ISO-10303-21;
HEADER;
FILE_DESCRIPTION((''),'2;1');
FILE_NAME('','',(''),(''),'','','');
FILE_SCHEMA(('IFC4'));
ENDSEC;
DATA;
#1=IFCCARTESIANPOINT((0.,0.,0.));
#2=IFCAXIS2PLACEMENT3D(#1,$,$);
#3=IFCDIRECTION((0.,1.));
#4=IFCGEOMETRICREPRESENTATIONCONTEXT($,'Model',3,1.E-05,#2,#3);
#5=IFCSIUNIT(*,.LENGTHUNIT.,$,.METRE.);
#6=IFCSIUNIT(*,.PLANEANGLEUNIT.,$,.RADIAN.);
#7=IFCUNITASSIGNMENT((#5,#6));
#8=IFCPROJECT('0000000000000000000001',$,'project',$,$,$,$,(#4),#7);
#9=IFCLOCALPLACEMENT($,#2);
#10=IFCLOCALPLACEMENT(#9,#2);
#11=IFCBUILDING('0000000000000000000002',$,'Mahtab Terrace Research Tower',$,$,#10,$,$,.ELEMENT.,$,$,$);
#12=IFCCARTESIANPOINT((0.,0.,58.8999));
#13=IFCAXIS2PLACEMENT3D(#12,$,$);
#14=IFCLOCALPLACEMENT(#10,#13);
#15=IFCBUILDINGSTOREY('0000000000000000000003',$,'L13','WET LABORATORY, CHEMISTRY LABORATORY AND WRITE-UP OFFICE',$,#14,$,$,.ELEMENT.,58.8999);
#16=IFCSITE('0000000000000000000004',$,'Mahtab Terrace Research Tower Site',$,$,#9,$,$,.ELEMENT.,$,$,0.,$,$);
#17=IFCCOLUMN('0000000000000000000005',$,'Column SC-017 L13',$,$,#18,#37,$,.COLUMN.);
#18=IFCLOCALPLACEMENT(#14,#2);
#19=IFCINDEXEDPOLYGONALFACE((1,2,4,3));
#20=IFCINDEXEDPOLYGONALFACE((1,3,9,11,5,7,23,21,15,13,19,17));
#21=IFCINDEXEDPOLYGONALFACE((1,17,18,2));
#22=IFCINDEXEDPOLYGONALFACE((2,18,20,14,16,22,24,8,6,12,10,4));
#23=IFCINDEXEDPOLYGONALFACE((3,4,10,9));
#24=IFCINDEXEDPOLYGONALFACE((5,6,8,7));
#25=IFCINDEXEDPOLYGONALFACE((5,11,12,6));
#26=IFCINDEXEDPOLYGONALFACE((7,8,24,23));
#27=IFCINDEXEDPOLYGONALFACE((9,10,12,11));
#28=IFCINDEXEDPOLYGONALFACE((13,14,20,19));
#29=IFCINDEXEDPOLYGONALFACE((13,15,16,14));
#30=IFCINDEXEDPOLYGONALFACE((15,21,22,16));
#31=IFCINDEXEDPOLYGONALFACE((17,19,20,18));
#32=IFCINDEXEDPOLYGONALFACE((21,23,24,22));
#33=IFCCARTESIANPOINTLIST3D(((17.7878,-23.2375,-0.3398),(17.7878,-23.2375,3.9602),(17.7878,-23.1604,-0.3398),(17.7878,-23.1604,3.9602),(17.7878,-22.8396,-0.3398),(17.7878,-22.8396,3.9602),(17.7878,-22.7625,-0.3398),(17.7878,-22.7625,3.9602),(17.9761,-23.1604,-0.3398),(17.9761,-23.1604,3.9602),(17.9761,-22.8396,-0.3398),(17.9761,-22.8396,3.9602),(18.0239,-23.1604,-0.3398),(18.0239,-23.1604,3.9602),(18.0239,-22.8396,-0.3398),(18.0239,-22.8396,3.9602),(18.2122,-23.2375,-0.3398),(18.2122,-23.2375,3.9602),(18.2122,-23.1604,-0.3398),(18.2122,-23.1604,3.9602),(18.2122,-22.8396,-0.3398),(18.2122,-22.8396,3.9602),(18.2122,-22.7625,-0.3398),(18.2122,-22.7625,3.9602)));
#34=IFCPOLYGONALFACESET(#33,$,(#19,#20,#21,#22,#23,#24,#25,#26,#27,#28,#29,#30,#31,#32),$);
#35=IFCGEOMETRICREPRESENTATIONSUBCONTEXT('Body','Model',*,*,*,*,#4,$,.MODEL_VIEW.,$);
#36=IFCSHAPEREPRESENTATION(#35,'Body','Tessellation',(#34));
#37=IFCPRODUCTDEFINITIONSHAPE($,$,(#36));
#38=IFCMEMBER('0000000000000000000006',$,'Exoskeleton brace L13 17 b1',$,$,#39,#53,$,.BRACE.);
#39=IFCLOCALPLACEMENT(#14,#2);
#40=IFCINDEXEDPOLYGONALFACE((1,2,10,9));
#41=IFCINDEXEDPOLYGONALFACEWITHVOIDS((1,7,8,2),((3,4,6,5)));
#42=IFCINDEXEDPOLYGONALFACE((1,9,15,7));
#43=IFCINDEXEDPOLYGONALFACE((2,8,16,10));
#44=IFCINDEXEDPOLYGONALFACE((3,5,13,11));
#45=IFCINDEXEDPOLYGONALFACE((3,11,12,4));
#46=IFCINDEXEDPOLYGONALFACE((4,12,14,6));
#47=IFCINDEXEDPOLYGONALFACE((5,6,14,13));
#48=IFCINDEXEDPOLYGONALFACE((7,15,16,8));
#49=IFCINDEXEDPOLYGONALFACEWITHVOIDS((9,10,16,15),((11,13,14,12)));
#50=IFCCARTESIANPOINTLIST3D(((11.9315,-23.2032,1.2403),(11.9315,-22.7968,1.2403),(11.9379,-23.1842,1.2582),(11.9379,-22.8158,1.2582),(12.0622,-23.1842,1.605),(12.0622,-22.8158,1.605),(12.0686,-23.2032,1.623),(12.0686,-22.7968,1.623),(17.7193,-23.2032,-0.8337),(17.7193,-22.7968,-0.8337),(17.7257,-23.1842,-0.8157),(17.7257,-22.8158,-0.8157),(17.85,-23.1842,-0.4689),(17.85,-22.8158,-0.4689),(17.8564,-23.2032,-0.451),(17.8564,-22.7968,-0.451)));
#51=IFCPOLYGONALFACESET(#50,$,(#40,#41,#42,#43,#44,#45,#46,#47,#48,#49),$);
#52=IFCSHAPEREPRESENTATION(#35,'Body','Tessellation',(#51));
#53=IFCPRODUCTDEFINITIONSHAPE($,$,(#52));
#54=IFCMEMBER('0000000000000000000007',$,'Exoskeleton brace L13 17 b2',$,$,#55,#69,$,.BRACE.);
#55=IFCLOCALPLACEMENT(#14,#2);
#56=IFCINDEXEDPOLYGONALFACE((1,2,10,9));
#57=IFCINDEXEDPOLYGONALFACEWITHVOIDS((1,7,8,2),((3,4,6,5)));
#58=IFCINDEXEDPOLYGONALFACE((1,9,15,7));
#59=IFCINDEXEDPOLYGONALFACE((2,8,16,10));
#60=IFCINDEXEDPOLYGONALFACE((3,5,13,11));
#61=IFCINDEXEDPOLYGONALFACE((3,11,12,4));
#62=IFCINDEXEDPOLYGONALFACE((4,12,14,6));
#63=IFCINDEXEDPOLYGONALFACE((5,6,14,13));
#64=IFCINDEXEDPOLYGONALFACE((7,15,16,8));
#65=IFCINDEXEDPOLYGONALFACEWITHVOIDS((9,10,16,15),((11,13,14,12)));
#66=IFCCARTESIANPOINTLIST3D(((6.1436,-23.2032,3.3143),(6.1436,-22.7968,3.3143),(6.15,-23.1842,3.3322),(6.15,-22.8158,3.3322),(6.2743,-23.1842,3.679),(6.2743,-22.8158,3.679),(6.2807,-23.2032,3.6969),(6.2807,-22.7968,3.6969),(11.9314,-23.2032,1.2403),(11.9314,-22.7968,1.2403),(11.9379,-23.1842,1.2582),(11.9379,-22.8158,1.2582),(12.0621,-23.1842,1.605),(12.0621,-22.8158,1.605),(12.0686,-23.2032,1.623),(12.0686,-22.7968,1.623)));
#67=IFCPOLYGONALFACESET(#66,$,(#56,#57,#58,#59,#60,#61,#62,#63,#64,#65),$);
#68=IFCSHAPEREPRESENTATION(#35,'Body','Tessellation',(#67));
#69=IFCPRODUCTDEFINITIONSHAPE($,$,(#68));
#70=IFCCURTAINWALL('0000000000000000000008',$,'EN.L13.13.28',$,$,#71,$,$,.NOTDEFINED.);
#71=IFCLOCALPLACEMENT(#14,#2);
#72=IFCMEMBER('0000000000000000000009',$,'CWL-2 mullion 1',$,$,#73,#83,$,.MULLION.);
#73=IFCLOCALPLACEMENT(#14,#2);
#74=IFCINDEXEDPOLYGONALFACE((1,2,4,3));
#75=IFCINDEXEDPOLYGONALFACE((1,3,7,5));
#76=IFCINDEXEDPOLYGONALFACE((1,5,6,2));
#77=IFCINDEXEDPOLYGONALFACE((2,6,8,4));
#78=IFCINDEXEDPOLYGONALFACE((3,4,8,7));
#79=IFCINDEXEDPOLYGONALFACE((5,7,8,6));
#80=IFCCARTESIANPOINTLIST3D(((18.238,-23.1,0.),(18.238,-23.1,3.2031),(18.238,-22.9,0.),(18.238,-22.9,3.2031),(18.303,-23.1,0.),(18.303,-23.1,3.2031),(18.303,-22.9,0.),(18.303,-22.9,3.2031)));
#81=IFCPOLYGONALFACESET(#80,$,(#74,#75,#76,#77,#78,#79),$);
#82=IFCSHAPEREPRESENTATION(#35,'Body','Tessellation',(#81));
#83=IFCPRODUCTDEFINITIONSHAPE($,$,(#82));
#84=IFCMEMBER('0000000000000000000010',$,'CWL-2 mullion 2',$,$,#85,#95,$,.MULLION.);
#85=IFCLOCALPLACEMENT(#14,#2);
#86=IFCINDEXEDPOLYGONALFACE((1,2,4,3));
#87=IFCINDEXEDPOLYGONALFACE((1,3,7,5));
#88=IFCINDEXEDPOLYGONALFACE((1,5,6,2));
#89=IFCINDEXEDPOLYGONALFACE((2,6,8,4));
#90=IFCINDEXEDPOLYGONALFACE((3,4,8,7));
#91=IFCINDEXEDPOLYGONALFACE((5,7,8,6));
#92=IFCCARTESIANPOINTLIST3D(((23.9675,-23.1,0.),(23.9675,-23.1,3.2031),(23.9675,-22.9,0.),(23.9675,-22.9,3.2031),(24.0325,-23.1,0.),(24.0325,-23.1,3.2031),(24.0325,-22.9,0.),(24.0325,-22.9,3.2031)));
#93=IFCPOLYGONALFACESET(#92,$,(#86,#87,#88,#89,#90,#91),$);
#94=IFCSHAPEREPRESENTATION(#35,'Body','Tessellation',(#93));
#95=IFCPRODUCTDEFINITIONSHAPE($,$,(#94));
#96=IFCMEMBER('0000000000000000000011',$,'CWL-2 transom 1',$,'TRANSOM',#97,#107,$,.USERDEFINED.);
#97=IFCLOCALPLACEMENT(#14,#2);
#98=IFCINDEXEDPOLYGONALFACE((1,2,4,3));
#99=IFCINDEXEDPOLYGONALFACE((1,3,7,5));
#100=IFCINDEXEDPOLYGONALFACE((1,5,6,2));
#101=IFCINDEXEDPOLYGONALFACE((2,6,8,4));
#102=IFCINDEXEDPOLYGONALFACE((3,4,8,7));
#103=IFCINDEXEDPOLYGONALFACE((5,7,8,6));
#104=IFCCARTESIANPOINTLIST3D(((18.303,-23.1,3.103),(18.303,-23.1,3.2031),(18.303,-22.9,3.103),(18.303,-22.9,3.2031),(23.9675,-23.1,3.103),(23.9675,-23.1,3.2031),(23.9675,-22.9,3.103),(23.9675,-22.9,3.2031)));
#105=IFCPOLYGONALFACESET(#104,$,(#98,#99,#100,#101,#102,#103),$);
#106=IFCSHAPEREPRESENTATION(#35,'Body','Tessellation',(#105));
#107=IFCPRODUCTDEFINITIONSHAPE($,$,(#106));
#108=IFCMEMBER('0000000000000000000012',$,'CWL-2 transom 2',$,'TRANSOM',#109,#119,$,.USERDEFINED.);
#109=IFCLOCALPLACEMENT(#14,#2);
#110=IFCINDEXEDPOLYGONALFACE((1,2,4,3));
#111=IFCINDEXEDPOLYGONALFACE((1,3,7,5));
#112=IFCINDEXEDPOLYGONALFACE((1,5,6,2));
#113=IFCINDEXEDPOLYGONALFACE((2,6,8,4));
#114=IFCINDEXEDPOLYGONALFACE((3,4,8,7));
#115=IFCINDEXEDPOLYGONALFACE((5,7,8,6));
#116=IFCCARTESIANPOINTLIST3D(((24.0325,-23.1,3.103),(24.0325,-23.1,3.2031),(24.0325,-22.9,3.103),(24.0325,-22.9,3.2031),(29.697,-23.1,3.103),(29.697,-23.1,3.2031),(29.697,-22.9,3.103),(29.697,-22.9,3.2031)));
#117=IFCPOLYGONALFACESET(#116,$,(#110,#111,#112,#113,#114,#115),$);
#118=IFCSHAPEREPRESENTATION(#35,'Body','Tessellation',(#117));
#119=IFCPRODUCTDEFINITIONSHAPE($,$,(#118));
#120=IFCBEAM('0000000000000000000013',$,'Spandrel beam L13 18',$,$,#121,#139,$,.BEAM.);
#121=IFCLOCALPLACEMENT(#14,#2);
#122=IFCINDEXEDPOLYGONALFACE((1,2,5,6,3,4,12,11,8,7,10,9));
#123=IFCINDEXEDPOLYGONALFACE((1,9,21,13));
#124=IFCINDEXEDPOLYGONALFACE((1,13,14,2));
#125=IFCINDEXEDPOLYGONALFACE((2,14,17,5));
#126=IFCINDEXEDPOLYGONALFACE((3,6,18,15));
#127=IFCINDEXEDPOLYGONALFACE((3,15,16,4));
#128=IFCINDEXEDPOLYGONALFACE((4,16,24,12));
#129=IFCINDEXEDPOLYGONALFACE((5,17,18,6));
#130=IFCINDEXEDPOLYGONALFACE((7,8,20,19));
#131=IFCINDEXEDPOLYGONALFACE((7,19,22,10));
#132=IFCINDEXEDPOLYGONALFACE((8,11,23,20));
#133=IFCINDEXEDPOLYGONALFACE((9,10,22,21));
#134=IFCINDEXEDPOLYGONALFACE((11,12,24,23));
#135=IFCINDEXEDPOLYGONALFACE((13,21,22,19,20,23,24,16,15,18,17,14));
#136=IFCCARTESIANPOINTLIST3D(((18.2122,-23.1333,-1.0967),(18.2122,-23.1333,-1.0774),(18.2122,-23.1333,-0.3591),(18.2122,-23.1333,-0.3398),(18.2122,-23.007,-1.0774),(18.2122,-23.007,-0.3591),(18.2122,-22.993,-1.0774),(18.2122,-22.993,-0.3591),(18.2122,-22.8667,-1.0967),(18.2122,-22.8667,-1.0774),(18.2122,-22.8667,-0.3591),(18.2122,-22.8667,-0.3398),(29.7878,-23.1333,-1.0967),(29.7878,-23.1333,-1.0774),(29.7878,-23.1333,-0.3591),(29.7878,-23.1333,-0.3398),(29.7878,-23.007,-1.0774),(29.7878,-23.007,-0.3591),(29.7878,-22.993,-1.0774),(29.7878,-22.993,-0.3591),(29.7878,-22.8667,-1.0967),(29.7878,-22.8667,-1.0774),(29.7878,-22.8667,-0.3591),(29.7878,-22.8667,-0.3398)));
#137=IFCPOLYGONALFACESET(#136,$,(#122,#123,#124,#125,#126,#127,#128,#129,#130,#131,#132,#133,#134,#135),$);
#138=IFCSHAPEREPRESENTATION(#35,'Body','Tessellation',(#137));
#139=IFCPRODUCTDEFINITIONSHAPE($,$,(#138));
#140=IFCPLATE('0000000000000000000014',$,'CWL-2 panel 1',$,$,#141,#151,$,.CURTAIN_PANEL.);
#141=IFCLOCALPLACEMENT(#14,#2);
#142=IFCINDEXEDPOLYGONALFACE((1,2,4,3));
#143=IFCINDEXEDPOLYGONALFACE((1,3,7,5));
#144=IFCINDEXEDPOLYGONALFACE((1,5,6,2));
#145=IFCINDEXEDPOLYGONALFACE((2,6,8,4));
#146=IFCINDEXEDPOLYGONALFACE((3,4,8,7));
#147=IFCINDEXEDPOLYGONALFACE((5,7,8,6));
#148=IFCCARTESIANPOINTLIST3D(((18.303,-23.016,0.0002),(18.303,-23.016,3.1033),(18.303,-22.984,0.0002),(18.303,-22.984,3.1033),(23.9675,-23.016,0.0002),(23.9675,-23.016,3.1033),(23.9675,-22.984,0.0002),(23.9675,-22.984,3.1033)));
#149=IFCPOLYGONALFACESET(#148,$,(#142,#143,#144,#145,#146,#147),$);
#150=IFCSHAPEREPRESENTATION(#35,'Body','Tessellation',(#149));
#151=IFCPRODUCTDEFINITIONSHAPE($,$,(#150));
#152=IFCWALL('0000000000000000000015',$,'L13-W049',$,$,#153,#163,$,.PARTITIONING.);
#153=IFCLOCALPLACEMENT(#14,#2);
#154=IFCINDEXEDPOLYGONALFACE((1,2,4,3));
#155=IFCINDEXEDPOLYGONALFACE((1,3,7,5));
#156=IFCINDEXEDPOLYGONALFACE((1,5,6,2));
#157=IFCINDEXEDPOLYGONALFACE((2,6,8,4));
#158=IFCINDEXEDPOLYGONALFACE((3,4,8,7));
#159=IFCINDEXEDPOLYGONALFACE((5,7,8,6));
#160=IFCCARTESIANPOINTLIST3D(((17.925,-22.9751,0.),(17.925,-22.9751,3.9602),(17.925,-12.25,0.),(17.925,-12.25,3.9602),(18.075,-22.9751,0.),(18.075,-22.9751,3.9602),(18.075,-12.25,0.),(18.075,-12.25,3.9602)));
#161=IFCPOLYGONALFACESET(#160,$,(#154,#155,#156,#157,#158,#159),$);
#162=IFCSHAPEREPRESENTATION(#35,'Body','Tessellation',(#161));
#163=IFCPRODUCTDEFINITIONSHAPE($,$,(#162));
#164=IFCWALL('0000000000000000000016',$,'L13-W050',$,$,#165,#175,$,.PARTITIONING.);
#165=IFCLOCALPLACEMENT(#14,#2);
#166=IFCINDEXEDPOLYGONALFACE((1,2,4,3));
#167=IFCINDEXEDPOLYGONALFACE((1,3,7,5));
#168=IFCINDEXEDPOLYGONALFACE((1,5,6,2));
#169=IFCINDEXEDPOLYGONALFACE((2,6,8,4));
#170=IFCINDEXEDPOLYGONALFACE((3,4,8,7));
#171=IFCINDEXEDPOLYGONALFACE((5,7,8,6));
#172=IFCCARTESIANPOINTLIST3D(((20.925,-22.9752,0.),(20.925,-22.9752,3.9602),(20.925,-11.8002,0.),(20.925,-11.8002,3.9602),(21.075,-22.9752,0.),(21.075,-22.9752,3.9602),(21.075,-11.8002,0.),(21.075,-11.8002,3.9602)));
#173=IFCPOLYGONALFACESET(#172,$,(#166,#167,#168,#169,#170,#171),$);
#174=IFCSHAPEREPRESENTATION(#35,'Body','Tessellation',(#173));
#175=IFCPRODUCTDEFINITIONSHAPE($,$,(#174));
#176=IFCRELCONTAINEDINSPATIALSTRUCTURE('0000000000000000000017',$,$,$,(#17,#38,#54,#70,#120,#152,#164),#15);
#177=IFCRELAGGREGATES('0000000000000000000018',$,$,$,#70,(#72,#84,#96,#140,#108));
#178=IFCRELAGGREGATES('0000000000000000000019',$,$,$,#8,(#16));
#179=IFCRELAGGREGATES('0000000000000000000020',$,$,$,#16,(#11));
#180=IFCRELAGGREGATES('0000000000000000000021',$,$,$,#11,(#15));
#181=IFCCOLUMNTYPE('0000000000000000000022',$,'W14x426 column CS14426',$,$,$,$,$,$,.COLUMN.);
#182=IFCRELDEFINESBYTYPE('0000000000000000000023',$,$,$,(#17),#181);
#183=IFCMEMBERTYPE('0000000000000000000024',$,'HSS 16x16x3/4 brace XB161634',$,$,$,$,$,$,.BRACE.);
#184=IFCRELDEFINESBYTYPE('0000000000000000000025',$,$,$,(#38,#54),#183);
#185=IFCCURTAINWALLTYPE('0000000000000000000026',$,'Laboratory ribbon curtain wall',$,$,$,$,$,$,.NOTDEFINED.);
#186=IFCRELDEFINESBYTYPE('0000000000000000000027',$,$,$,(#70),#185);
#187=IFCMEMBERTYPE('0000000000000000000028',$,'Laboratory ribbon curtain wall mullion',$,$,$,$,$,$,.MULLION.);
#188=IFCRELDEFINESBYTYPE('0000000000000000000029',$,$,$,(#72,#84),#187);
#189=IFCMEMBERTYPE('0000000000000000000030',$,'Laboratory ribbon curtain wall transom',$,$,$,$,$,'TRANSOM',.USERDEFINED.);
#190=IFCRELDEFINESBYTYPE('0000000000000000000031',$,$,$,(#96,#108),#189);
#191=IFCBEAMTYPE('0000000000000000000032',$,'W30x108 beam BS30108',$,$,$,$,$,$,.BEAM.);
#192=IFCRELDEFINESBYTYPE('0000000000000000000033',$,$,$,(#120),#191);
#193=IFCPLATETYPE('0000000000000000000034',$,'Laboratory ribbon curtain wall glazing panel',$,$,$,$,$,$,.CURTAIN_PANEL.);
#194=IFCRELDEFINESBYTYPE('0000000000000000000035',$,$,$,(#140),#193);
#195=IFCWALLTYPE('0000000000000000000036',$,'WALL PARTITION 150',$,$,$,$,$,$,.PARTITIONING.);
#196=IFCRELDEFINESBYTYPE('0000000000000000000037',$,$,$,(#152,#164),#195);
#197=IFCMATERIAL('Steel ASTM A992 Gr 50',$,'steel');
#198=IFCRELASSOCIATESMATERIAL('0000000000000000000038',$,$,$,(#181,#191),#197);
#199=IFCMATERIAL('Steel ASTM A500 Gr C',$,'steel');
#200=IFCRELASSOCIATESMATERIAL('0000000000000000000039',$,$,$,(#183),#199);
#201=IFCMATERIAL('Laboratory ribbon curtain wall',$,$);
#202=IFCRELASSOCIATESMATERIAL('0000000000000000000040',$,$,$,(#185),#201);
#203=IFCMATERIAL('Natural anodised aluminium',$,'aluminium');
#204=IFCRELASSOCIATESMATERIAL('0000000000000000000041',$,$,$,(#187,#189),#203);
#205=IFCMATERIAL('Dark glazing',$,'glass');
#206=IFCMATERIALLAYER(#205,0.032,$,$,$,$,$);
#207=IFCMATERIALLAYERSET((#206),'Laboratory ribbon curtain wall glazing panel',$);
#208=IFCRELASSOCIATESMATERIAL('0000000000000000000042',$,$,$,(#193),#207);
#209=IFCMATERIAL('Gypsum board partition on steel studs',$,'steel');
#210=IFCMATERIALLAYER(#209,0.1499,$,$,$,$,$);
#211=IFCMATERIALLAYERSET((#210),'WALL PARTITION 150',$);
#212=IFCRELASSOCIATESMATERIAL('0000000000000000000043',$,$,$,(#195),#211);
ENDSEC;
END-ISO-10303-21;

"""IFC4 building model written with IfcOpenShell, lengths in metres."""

from ifc_helpers import new_model, si_unit, direction, frame, frame_2d, origin, origin_2d, place, context, subcontext, project, spatial, rectangle, hollow_rectangle, i_section, extrude, material, layer, layer_set, material_profile, profile_set, type_object, element, aggregate, save


model = new_model("IFC4")

# Units and contexts
model_context = context("Model", 3, precision=1e-05, world=origin(), true_north=direction((0.0, 1.0)))
body_context = subcontext(model_context, "Body", "Model", "MODEL_VIEW")
ifc_project = project(units=[si_unit("LENGTHUNIT", "METRE"), si_unit("PLANEANGLEUNIT", "RADIAN")], contexts=[model_context])

# Site, building, storey
site_placement = place(None, origin())
site = spatial("IfcSite", under=ifc_project, at=site_placement, Name="Mahtab Terrace Research Tower Site", CompositionType="ELEMENT", RefElevation=0.0)
building_placement = place(site_placement, origin())
building = spatial("IfcBuilding", under=site, at=building_placement, Name="Mahtab Terrace Research Tower", CompositionType="ELEMENT")
storey_placement = place(building_placement, frame((0.0, 0.0, 58.8999)))
storey = spatial("IfcBuildingStorey", under=building, at=storey_placement, Name="L13", Description="WET LABORATORY, CHEMISTRY LABORATORY AND WRITE-UP OFFICE", CompositionType="ELEMENT", Elevation=58.8999)

# Column
ifc_material_1 = material(Name="Steel ASTM A992 Gr 50", Category="steel")
ifc_material_profile_1 = material_profile(ifc_material_1, i_section(OverallWidth=0.4243, OverallDepth=0.4751, WebThickness=0.0479, FlangeThickness=0.0771, at=origin_2d()), Name="W14X426")
ifc_profile_set_1 = profile_set([ifc_material_profile_1], Name="Steel ASTM A992 Gr 50")
column_type = type_object("IfcColumnType", Name="W14x426 column CS14426", PredefinedType="COLUMN", material=ifc_profile_set_1)
column_placement = place(storey_placement, frame((18.0, -23.0, -0.3398), z_axis=(0.0, 0.0, 1.0), x_axis=(1.0, 0.0, 0.0)))
element("IfcColumn", 1, at=column_placement, inside=storey, type_object=column_type, Name="Column SC-017 L13", PredefinedType="COLUMN", context=body_context, shape_type="SweptSolid", body=[
    extrude(i_section(OverallWidth=0.4243, OverallDepth=0.4751, WebThickness=0.0479, FlangeThickness=0.0771, at=origin_2d()), origin(), (0.0, 0.0, 1.0), 4.3),
])

# Members
ifc_material_2 = material(Name="Steel ASTM A500 Gr C", Category="steel")
ifc_material_profile_2 = material_profile(ifc_material_2, hollow_rectangle(XDim=0.4065, YDim=0.4065, WallThickness=0.019, at=origin_2d()), Name="HSS16X16X3/4")
ifc_profile_set_2 = profile_set([ifc_material_profile_2], Name="Steel ASTM A500 Gr C")
member_type_1 = type_object("IfcMemberType", Name="HSS 16x16x3/4 brace XB161634", PredefinedType="BRACE", material=ifc_profile_set_2)
for number, where, z_axis, x_axis, name in (
    (2, (17.7878, -23.0, -0.6423), (-0.941387, 0.0, 0.33733), (0.0, -1.0, 0.0), "Exoskeleton brace L13 17 b1"),
    (3, (12.0, -23.0, 1.4316), (-0.941387, 0.0, 0.33733), (0.0, -1.0, 0.0), "Exoskeleton brace L13 17 b2"),
):
    element("IfcMember", number, at=place(storey_placement, frame(where, z_axis=z_axis, x_axis=x_axis)), inside=storey, type_object=member_type_1, Name=name, PredefinedType="BRACE", context=body_context, shape_type="SweptSolid", body=[
        extrude(hollow_rectangle(XDim=0.4065, YDim=0.4065, WallThickness=0.019, at=origin_2d()), origin(), (0.0, 0.0, 1.0), 6.1482),
    ])

# Curtain wall, members
ifc_material_3 = material(Name="Laboratory ribbon curtain wall")
curtain_wall_type = type_object("IfcCurtainWallType", Name="Laboratory ribbon curtain wall", PredefinedType="NOTDEFINED", material=ifc_material_3)
curtain_wall_placement = place(storey_placement, origin())
curtain_wall = element("IfcCurtainWall", 4, at=curtain_wall_placement, inside=storey, type_object=curtain_wall_type, Name="EN.L13.13.28", PredefinedType="NOTDEFINED")
ifc_material_4 = material(Name="Natural anodised aluminium", Category="aluminium")
ifc_material_profile_3 = material_profile(ifc_material_4, rectangle(XDim=0.2, YDim=0.0649, at=origin_2d()), Name="MULLION 65x200")
ifc_profile_set_3 = profile_set([ifc_material_profile_3], Name="Natural anodised aluminium")
member_type_2 = type_object("IfcMemberType", Name="Laboratory ribbon curtain wall mullion", PredefinedType="MULLION", material=ifc_profile_set_3)
member_1_placement = place(storey_placement, frame((18.2705, -23.0, 0.0), z_axis=(0.0, 0.0, 1.0), x_axis=(0.0, 1.0, 0.0)))
member_1 = element("IfcMember", 5, at=member_1_placement, type_object=member_type_2, Name="CWL-2 mullion 1", PredefinedType="MULLION", context=body_context, shape_type="SweptSolid", body=[
    extrude(rectangle(XDim=0.2, YDim=0.0649, at=origin_2d()), origin(), (0.0, 0.0, 1.0), 3.2031),
])
member_2_placement = place(storey_placement, frame((24.0, -23.0, 0.0), z_axis=(0.0, 0.0, 1.0), x_axis=(0.0, 1.0, 0.0)))
member_2 = element("IfcMember", 6, at=member_2_placement, type_object=member_type_2, Name="CWL-2 mullion 2", PredefinedType="MULLION", context=body_context, shape_type="SweptSolid", body=[
    extrude(rectangle(XDim=0.2, YDim=0.0649, at=origin_2d()), origin(), (0.0, 0.0, 1.0), 3.2031),
])
ifc_material_profile_4 = material_profile(ifc_material_4, rectangle(XDim=0.2, YDim=0.1001, at=origin_2d()), Name="TRANSOM 100x200")
ifc_profile_set_4 = profile_set([ifc_material_profile_4], Name="Natural anodised aluminium")
member_type_3 = type_object("IfcMemberType", Name="Laboratory ribbon curtain wall transom", ElementType="TRANSOM", PredefinedType="USERDEFINED", material=ifc_profile_set_4)
member_3_placement = place(storey_placement, frame((18.303, -23.0, 3.1531), z_axis=(1.0, 0.0, 0.0), x_axis=(0.0, 1.0, 0.0)))
member_3 = element("IfcMember", 7, at=member_3_placement, type_object=member_type_3, Name="CWL-2 transom 1", ObjectType="TRANSOM", PredefinedType="USERDEFINED", context=body_context, shape_type="SweptSolid", body=[
    extrude(rectangle(XDim=0.2, YDim=0.1001, at=origin_2d()), origin(), (0.0, 0.0, 1.0), 5.6646),
])
member_4_placement = place(storey_placement, frame((24.0325, -23.0, 3.1531), z_axis=(1.0, 0.0, 0.0), x_axis=(0.0, 1.0, 0.0)))
member_4 = element("IfcMember", 8, at=member_4_placement, type_object=member_type_3, Name="CWL-2 transom 2", ObjectType="TRANSOM", PredefinedType="USERDEFINED", context=body_context, shape_type="SweptSolid", body=[
    extrude(rectangle(XDim=0.2, YDim=0.1001, at=origin_2d()), origin(), (0.0, 0.0, 1.0), 5.6646),
])

# Beam
ifc_material_profile_5 = material_profile(ifc_material_1, i_section(OverallWidth=0.2666, OverallDepth=0.7568, WebThickness=0.0139, FlangeThickness=0.0193, at=origin_2d()), Name="W30X108")
ifc_profile_set_5 = profile_set([ifc_material_profile_5], Name="Steel ASTM A992 Gr 50")
beam_type = type_object("IfcBeamType", Name="W30x108 beam BS30108", PredefinedType="BEAM", material=ifc_profile_set_5)
beam_placement = place(storey_placement, frame((18.2122, -23.0, -0.7183), z_axis=(1.0, 0.0, 0.0), x_axis=(0.0, 1.0, 0.0)))
element("IfcBeam", 9, at=beam_placement, inside=storey, type_object=beam_type, Name="Spandrel beam L13 18", PredefinedType="BEAM", context=body_context, shape_type="SweptSolid", body=[
    extrude(i_section(OverallWidth=0.2666, OverallDepth=0.7568, WebThickness=0.0139, FlangeThickness=0.0193, at=origin_2d()), origin(), (0.0, 0.0, 1.0), 11.5757),
])

# Plate
ifc_material_5 = material(Name="Dark glazing", Category="glass")
ifc_layer_1 = layer(ifc_material_5, 0.032)
ifc_layer_set_1 = layer_set([ifc_layer_1], Name="Laboratory ribbon curtain wall glazing panel")
plate_type = type_object("IfcPlateType", Name="Laboratory ribbon curtain wall glazing panel", PredefinedType="CURTAIN_PANEL", material=ifc_layer_set_1)
plate_placement = place(storey_placement, frame((21.1353, -23.0, 0.0002), z_axis=(0.0, 0.0, 1.0), x_axis=(1.0, 0.0, 0.0)))
plate = element("IfcPlate", 10, at=plate_placement, type_object=plate_type, Name="CWL-2 panel 1", PredefinedType="CURTAIN_PANEL", context=body_context, shape_type="SweptSolid", body=[
    extrude(rectangle(XDim=5.6646, YDim=0.032, at=origin_2d()), origin(), (0.0, 0.0, 1.0), 3.103),
])
aggregate(curtain_wall, [member_1, member_2, member_3, plate, member_4])

# Walls
ifc_material_6 = material(Name="Gypsum board partition on steel studs", Category="steel")
ifc_layer_2 = layer(ifc_material_6, 0.1499)
ifc_layer_set_2 = layer_set([ifc_layer_2], Name="WALL PARTITION 150")
wall_type = type_object("IfcWallType", Name="WALL PARTITION 150", PredefinedType="PARTITIONING", material=ifc_layer_set_2)
wall_1_placement = place(storey_placement, frame((18.0, -22.9751, 0.0), z_axis=(0.0, 0.0, 1.0), x_axis=(0.0, 1.0, 0.0)))
element("IfcWall", 11, at=wall_1_placement, inside=storey, type_object=wall_type, Name="L13-W049", PredefinedType="PARTITIONING", context=body_context, shape_type="SweptSolid", body=[
    extrude(rectangle(XDim=10.7251, YDim=0.1499, at=frame_2d((5.3625, 0.0))), origin(), (0.0, 0.0, 1.0), 3.9602),
])
wall_2_placement = place(storey_placement, frame((21.0, -22.9751, 0.0), z_axis=(0.0, 0.0, 1.0), x_axis=(0.0, 1.0, 0.0)))
element("IfcWall", 12, at=wall_2_placement, inside=storey, type_object=wall_type, Name="L13-W050", PredefinedType="PARTITIONING", context=body_context, shape_type="SweptSolid", body=[
    extrude(rectangle(XDim=11.175, YDim=0.1499, at=frame_2d((5.5874, 0.0))), origin(), (0.0, 0.0, 1.0), 3.9602),
])

save(model, "model.ifc")
